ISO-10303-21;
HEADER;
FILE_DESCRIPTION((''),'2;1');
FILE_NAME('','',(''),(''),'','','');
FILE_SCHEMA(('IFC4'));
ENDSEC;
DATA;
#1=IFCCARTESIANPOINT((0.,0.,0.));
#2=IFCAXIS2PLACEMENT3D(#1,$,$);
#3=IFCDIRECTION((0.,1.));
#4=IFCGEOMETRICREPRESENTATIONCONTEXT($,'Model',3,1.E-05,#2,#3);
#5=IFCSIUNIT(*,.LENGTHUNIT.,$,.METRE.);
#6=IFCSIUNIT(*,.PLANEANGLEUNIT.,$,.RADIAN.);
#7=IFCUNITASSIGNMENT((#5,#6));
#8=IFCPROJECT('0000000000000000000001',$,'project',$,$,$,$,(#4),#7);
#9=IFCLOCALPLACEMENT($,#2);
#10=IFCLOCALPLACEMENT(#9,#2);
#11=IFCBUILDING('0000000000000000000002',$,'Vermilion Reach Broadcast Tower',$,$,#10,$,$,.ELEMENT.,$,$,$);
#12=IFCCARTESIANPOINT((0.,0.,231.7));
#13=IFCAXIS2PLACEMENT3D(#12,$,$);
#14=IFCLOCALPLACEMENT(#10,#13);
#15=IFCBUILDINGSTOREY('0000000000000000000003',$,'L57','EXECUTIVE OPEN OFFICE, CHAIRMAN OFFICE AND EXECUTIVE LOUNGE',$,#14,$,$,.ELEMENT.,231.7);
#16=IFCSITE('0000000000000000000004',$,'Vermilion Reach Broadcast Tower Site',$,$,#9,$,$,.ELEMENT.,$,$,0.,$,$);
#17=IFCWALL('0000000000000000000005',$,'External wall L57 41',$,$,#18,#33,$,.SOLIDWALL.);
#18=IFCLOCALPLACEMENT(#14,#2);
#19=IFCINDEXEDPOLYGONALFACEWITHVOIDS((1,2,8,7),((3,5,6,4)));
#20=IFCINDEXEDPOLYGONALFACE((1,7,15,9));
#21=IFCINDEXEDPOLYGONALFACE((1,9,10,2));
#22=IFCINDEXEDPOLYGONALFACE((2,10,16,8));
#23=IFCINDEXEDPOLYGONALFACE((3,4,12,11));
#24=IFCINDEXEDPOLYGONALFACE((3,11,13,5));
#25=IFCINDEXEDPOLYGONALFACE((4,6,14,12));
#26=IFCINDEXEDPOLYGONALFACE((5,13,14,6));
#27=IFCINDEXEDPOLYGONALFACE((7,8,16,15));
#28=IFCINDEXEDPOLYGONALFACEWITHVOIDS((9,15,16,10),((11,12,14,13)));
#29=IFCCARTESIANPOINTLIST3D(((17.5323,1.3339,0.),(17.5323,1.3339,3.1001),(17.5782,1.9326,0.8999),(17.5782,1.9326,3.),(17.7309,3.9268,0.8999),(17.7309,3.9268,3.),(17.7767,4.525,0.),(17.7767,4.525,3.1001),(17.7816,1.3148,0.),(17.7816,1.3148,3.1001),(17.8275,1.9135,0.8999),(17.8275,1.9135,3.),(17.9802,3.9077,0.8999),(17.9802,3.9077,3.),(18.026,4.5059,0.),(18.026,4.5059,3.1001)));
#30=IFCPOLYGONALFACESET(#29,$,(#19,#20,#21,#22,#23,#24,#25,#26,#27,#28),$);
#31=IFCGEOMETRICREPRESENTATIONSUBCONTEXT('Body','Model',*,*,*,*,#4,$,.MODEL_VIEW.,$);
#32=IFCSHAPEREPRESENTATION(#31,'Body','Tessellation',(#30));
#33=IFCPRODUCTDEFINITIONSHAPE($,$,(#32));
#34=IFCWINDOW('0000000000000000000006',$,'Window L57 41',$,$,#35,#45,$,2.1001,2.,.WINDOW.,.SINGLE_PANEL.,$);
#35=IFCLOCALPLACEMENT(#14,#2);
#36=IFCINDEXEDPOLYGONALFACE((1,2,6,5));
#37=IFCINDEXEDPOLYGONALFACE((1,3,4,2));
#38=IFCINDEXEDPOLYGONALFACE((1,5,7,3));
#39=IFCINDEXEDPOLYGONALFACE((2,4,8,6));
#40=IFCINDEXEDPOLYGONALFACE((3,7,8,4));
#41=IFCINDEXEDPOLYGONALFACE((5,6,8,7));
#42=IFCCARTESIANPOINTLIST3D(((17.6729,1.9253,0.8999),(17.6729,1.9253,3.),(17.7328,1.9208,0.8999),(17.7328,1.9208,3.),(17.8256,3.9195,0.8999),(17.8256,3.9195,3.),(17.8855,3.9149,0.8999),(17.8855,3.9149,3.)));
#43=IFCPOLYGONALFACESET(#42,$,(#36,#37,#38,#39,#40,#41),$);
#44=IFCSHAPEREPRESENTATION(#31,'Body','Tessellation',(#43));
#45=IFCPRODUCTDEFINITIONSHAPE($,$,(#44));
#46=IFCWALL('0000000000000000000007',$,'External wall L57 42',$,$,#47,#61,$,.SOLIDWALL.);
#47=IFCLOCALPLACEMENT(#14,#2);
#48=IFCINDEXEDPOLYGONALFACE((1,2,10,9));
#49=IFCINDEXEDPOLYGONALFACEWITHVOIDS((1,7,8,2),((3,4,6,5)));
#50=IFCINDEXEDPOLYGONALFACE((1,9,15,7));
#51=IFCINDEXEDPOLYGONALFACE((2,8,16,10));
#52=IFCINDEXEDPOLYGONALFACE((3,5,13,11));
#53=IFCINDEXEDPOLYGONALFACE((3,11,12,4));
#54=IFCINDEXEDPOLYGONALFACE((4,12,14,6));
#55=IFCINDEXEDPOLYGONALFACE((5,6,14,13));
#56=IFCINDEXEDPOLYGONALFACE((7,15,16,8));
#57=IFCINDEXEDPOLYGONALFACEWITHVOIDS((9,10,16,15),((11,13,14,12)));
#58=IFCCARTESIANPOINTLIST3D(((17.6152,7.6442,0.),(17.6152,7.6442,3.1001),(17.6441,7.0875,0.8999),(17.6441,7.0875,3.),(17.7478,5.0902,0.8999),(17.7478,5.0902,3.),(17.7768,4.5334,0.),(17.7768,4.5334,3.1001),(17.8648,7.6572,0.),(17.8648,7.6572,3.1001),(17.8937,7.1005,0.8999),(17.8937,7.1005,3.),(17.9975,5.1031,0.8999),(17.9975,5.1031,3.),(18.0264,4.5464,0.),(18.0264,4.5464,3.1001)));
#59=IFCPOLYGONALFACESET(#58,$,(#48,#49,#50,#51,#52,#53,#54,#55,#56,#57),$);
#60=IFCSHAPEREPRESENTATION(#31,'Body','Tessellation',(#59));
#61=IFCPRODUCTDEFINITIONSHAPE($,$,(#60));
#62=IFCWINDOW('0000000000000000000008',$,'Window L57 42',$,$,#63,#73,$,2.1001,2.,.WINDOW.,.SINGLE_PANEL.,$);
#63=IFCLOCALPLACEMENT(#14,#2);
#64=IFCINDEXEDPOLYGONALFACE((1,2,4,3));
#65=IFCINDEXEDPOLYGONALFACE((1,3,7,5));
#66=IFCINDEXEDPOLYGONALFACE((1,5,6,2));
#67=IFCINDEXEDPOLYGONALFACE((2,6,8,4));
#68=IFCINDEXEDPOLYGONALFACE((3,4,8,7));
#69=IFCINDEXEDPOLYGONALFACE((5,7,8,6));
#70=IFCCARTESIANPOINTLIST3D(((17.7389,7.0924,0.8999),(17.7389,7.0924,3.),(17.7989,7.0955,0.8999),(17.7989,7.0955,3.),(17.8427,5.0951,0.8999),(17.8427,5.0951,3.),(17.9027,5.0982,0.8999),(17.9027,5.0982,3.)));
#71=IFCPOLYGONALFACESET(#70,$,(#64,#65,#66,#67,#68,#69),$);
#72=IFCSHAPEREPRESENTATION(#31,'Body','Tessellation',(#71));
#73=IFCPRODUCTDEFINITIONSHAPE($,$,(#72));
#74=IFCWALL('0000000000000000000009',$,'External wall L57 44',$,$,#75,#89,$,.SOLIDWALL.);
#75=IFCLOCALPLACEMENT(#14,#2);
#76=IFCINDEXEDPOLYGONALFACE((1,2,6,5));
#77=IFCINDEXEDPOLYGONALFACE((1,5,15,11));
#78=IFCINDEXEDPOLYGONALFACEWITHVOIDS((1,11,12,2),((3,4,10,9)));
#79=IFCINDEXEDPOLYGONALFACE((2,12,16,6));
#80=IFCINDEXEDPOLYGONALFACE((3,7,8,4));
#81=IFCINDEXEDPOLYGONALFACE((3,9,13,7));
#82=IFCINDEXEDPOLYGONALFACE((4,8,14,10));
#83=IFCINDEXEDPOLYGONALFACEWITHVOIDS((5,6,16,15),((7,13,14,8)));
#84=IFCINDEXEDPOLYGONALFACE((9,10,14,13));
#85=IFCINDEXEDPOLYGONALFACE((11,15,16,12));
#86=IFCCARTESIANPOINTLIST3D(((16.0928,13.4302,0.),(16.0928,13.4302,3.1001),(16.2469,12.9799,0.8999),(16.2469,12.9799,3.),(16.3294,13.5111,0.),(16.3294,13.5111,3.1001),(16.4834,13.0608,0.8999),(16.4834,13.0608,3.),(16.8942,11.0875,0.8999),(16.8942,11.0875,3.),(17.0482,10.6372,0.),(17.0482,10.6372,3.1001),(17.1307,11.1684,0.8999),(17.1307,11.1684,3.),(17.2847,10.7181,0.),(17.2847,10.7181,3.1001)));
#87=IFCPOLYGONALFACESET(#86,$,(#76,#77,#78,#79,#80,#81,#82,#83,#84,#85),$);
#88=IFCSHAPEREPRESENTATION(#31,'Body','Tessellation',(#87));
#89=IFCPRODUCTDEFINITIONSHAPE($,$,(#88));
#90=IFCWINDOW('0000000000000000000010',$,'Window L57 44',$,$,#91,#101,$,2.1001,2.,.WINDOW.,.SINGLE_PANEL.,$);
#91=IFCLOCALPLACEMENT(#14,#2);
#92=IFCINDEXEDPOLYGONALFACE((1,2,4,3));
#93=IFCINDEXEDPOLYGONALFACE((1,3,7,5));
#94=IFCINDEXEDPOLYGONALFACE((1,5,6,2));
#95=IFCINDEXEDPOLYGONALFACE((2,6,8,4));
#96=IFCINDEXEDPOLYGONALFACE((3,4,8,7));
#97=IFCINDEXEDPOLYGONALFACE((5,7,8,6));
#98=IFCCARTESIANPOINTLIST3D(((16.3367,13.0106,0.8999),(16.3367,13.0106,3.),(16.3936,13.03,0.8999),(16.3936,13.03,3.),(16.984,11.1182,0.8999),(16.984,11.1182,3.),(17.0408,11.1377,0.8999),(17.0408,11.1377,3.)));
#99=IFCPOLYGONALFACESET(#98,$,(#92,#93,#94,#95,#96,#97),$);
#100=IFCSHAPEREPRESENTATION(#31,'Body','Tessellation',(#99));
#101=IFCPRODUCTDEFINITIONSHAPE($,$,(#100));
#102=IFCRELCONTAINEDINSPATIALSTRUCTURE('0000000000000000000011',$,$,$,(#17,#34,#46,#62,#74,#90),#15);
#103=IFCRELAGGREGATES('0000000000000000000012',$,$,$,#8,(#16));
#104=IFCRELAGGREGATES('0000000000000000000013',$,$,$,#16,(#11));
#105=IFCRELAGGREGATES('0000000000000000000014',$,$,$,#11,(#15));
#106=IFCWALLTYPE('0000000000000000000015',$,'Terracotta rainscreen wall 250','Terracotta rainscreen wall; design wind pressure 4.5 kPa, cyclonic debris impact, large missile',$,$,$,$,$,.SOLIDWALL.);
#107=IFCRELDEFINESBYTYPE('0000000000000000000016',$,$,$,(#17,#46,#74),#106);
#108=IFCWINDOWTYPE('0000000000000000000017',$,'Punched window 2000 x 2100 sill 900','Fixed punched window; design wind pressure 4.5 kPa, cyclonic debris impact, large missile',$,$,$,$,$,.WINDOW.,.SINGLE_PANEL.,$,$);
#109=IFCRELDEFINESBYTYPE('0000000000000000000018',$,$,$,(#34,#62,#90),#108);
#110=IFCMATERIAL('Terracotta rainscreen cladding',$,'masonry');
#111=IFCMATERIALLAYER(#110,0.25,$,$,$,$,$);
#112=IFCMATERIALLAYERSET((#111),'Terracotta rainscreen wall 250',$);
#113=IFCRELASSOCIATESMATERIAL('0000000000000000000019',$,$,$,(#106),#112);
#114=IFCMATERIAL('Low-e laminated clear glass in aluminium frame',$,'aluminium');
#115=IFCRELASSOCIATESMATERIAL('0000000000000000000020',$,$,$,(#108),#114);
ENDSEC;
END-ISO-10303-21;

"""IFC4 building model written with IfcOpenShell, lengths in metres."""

from ifc_helpers import new_model, si_unit, direction, frame, frame_2d, origin, place, context, subcontext, project, spatial, rectangle, extrude, material, layer, layer_set, type_object, element, fill, save


model = new_model("IFC4")

# Units and contexts
model_context = context("Model", 3, precision=1e-05, world=origin(), true_north=direction((0.0, 1.0)))
body_context = subcontext(model_context, "Body", "Model", "MODEL_VIEW")
ifc_project = project(units=[si_unit("LENGTHUNIT", "METRE"), si_unit("PLANEANGLEUNIT", "RADIAN")], contexts=[model_context])

# Site, building, storey
site_placement = place(None, origin())
site = spatial("IfcSite", under=ifc_project, at=site_placement, Name="Vermilion Reach Broadcast Tower Site", CompositionType="ELEMENT", RefElevation=0.0)
building_placement = place(site_placement, origin())
building = spatial("IfcBuilding", under=site, at=building_placement, Name="Vermilion Reach Broadcast Tower", CompositionType="ELEMENT")
storey_placement = place(building_placement, frame((0.0, 0.0, 231.7)))
storey = spatial("IfcBuildingStorey", under=building, at=storey_placement, Name="L57", Description="EXECUTIVE OPEN OFFICE, CHAIRMAN OFFICE AND EXECUTIVE LOUNGE", CompositionType="ELEMENT", Elevation=231.7)

# Walls, openings, windows
ifc_material_1 = material(Name="Terracotta rainscreen cladding", Category="masonry")
ifc_layer_1 = layer(ifc_material_1, 0.25)
ifc_layer_set_1 = layer_set([ifc_layer_1], Name="Terracotta rainscreen wall 250")
wall_type_1 = type_object("IfcWallType", Name="Terracotta rainscreen wall 250", Description="Terracotta rainscreen wall; design wind pressure 4.5 kPa, cyclonic debris impact, large missile", PredefinedType="SOLIDWALL", material=ifc_layer_set_1)
wall_1_placement = place(storey_placement, frame((17.657, 1.3245, 0.0), z_axis=(0.0, 0.0, 1.0), x_axis=(0.076358, 0.99708, 0.0)))
wall_1 = element("IfcWall", 1, at=wall_1_placement, inside=storey, type_object=wall_type_1, Name="External wall L57 41", PredefinedType="SOLIDWALL", context=body_context, shape_type="SweptSolid", body=[
    extrude(rectangle(XDim=3.2004, YDim=0.25, at=frame_2d((1.6001, 0.0))), origin(), (0.0, 0.0, 1.0), 3.1001),
])
opening_1_placement = place(wall_1_placement, frame((0.6003, 0.0, 0.8999)))
opening_1 = element("IfcOpeningElement", 2, at=opening_1_placement, cuts=wall_1, PredefinedType="OPENING", context=body_context, shape_type="SweptSolid", body=[
    extrude(rectangle(XDim=2.0, YDim=2.1001, at=frame_2d((1.0, 1.05))), frame((0.0, 0.135, 0.0), z_axis=(0.0, -1.0, 0.0), x_axis=(1.0, 0.0, 0.0)), (0.0, 0.0, 1.0), 0.27),
])
ifc_material_2 = material(Name="Low-e laminated clear glass in aluminium frame", Category="aluminium")
window_type = type_object("IfcWindowType", Name="Punched window 2000 x 2100 sill 900", Description="Fixed punched window; design wind pressure 4.5 kPa, cyclonic debris impact, large missile", PartitioningType="SINGLE_PANEL", PredefinedType="WINDOW", material=ifc_material_2)
window_1_placement = place(opening_1_placement, origin())
window_1 = element("IfcWindow", 3, at=window_1_placement, inside=storey, type_object=window_type, Name="Window L57 41", OverallHeight=2.1001, OverallWidth=2.0, PartitioningType="SINGLE_PANEL", PredefinedType="WINDOW", context=body_context, shape_type="SweptSolid", body=[
    extrude(rectangle(XDim=2.0, YDim=2.1001, at=frame_2d((1.0, 1.05))), frame((0.0, 0.03, 0.0), z_axis=(0.0, -1.0, 0.0), x_axis=(1.0, 0.0, 0.0)), (0.0, 0.0, 1.0), 0.0601),
])
fill(opening_1, window_1)
wall_2_placement = place(storey_placement, frame((17.9016, 4.5398, 0.0), z_axis=(0.0, 0.0, 1.0), x_axis=(-0.051884, 0.998653, 0.0)))
wall_2 = element("IfcWall", 4, at=wall_2_placement, inside=storey, type_object=wall_type_1, Name="External wall L57 42", PredefinedType="SOLIDWALL", context=body_context, shape_type="SweptSolid", body=[
    extrude(rectangle(XDim=3.115, YDim=0.25, at=frame_2d((1.5576, 0.0))), origin(), (0.0, 0.0, 1.0), 3.1001),
])
opening_2_placement = place(wall_2_placement, frame((0.5576, 0.0, 0.8999)))
opening_2 = element("IfcOpeningElement", 5, at=opening_2_placement, cuts=wall_2, PredefinedType="OPENING", context=body_context, shape_type="SweptSolid", body=[
    extrude(rectangle(XDim=2.0, YDim=2.1001, at=frame_2d((1.0, 1.05))), frame((0.0, 0.135, 0.0), z_axis=(0.0, -1.0, 0.0), x_axis=(1.0, 0.0, 0.0)), (0.0, 0.0, 1.0), 0.27),
])
window_2_placement = place(opening_2_placement, origin())
window_2 = element("IfcWindow", 6, at=window_2_placement, inside=storey, type_object=window_type, Name="Window L57 42", OverallHeight=2.1001, OverallWidth=2.0, PartitioningType="SINGLE_PANEL", PredefinedType="WINDOW", context=body_context, shape_type="SweptSolid", body=[
    extrude(rectangle(XDim=2.0, YDim=2.1001, at=frame_2d((1.0, 1.05))), frame((0.0, 0.03, 0.0), z_axis=(0.0, -1.0, 0.0), x_axis=(1.0, 0.0, 0.0)), (0.0, 0.0, 1.0), 0.0601),
])
fill(opening_2, window_2)

# Wall, opening, window
wall_3_placement = place(storey_placement, frame((17.1665, 10.6775, 0.0), z_axis=(0.0, 0.0, 1.0), x_axis=(-0.323637, 0.946181, 0.0)))
wall_3 = element("IfcWall", 7, at=wall_3_placement, inside=storey, type_object=wall_type_1, Name="External wall L57 44", PredefinedType="SOLIDWALL", context=body_context, shape_type="SweptSolid", body=[
    extrude(rectangle(XDim=2.9519, YDim=0.25, at=frame_2d((1.4761, 0.0))), origin(), (0.0, 0.0, 1.0), 3.1001),
])
opening_3_placement = place(wall_3_placement, frame((0.4761, 0.0, 0.8999)))
opening_3 = element("IfcOpeningElement", 8, at=opening_3_placement, cuts=wall_3, PredefinedType="OPENING", context=body_context, shape_type="SweptSolid", body=[
    extrude(rectangle(XDim=2.0, YDim=2.1001, at=frame_2d((1.0, 1.05))), frame((0.0, 0.135, 0.0), z_axis=(0.0, -1.0, 0.0), x_axis=(1.0, 0.0, 0.0)), (0.0, 0.0, 1.0), 0.27),
])
window_3_placement = place(opening_3_placement, origin())
window_3 = element("IfcWindow", 9, at=window_3_placement, inside=storey, type_object=window_type, Name="Window L57 44", OverallHeight=2.1001, OverallWidth=2.0, PartitioningType="SINGLE_PANEL", PredefinedType="WINDOW", context=body_context, shape_type="SweptSolid", body=[
    extrude(rectangle(XDim=2.0, YDim=2.1001, at=frame_2d((1.0, 1.05))), frame((0.0, 0.03, 0.0), z_axis=(0.0, -1.0, 0.0), x_axis=(1.0, 0.0, 0.0)), (0.0, 0.0, 1.0), 0.0601),
])
fill(opening_3, window_3)

save(model, "model.ifc")
